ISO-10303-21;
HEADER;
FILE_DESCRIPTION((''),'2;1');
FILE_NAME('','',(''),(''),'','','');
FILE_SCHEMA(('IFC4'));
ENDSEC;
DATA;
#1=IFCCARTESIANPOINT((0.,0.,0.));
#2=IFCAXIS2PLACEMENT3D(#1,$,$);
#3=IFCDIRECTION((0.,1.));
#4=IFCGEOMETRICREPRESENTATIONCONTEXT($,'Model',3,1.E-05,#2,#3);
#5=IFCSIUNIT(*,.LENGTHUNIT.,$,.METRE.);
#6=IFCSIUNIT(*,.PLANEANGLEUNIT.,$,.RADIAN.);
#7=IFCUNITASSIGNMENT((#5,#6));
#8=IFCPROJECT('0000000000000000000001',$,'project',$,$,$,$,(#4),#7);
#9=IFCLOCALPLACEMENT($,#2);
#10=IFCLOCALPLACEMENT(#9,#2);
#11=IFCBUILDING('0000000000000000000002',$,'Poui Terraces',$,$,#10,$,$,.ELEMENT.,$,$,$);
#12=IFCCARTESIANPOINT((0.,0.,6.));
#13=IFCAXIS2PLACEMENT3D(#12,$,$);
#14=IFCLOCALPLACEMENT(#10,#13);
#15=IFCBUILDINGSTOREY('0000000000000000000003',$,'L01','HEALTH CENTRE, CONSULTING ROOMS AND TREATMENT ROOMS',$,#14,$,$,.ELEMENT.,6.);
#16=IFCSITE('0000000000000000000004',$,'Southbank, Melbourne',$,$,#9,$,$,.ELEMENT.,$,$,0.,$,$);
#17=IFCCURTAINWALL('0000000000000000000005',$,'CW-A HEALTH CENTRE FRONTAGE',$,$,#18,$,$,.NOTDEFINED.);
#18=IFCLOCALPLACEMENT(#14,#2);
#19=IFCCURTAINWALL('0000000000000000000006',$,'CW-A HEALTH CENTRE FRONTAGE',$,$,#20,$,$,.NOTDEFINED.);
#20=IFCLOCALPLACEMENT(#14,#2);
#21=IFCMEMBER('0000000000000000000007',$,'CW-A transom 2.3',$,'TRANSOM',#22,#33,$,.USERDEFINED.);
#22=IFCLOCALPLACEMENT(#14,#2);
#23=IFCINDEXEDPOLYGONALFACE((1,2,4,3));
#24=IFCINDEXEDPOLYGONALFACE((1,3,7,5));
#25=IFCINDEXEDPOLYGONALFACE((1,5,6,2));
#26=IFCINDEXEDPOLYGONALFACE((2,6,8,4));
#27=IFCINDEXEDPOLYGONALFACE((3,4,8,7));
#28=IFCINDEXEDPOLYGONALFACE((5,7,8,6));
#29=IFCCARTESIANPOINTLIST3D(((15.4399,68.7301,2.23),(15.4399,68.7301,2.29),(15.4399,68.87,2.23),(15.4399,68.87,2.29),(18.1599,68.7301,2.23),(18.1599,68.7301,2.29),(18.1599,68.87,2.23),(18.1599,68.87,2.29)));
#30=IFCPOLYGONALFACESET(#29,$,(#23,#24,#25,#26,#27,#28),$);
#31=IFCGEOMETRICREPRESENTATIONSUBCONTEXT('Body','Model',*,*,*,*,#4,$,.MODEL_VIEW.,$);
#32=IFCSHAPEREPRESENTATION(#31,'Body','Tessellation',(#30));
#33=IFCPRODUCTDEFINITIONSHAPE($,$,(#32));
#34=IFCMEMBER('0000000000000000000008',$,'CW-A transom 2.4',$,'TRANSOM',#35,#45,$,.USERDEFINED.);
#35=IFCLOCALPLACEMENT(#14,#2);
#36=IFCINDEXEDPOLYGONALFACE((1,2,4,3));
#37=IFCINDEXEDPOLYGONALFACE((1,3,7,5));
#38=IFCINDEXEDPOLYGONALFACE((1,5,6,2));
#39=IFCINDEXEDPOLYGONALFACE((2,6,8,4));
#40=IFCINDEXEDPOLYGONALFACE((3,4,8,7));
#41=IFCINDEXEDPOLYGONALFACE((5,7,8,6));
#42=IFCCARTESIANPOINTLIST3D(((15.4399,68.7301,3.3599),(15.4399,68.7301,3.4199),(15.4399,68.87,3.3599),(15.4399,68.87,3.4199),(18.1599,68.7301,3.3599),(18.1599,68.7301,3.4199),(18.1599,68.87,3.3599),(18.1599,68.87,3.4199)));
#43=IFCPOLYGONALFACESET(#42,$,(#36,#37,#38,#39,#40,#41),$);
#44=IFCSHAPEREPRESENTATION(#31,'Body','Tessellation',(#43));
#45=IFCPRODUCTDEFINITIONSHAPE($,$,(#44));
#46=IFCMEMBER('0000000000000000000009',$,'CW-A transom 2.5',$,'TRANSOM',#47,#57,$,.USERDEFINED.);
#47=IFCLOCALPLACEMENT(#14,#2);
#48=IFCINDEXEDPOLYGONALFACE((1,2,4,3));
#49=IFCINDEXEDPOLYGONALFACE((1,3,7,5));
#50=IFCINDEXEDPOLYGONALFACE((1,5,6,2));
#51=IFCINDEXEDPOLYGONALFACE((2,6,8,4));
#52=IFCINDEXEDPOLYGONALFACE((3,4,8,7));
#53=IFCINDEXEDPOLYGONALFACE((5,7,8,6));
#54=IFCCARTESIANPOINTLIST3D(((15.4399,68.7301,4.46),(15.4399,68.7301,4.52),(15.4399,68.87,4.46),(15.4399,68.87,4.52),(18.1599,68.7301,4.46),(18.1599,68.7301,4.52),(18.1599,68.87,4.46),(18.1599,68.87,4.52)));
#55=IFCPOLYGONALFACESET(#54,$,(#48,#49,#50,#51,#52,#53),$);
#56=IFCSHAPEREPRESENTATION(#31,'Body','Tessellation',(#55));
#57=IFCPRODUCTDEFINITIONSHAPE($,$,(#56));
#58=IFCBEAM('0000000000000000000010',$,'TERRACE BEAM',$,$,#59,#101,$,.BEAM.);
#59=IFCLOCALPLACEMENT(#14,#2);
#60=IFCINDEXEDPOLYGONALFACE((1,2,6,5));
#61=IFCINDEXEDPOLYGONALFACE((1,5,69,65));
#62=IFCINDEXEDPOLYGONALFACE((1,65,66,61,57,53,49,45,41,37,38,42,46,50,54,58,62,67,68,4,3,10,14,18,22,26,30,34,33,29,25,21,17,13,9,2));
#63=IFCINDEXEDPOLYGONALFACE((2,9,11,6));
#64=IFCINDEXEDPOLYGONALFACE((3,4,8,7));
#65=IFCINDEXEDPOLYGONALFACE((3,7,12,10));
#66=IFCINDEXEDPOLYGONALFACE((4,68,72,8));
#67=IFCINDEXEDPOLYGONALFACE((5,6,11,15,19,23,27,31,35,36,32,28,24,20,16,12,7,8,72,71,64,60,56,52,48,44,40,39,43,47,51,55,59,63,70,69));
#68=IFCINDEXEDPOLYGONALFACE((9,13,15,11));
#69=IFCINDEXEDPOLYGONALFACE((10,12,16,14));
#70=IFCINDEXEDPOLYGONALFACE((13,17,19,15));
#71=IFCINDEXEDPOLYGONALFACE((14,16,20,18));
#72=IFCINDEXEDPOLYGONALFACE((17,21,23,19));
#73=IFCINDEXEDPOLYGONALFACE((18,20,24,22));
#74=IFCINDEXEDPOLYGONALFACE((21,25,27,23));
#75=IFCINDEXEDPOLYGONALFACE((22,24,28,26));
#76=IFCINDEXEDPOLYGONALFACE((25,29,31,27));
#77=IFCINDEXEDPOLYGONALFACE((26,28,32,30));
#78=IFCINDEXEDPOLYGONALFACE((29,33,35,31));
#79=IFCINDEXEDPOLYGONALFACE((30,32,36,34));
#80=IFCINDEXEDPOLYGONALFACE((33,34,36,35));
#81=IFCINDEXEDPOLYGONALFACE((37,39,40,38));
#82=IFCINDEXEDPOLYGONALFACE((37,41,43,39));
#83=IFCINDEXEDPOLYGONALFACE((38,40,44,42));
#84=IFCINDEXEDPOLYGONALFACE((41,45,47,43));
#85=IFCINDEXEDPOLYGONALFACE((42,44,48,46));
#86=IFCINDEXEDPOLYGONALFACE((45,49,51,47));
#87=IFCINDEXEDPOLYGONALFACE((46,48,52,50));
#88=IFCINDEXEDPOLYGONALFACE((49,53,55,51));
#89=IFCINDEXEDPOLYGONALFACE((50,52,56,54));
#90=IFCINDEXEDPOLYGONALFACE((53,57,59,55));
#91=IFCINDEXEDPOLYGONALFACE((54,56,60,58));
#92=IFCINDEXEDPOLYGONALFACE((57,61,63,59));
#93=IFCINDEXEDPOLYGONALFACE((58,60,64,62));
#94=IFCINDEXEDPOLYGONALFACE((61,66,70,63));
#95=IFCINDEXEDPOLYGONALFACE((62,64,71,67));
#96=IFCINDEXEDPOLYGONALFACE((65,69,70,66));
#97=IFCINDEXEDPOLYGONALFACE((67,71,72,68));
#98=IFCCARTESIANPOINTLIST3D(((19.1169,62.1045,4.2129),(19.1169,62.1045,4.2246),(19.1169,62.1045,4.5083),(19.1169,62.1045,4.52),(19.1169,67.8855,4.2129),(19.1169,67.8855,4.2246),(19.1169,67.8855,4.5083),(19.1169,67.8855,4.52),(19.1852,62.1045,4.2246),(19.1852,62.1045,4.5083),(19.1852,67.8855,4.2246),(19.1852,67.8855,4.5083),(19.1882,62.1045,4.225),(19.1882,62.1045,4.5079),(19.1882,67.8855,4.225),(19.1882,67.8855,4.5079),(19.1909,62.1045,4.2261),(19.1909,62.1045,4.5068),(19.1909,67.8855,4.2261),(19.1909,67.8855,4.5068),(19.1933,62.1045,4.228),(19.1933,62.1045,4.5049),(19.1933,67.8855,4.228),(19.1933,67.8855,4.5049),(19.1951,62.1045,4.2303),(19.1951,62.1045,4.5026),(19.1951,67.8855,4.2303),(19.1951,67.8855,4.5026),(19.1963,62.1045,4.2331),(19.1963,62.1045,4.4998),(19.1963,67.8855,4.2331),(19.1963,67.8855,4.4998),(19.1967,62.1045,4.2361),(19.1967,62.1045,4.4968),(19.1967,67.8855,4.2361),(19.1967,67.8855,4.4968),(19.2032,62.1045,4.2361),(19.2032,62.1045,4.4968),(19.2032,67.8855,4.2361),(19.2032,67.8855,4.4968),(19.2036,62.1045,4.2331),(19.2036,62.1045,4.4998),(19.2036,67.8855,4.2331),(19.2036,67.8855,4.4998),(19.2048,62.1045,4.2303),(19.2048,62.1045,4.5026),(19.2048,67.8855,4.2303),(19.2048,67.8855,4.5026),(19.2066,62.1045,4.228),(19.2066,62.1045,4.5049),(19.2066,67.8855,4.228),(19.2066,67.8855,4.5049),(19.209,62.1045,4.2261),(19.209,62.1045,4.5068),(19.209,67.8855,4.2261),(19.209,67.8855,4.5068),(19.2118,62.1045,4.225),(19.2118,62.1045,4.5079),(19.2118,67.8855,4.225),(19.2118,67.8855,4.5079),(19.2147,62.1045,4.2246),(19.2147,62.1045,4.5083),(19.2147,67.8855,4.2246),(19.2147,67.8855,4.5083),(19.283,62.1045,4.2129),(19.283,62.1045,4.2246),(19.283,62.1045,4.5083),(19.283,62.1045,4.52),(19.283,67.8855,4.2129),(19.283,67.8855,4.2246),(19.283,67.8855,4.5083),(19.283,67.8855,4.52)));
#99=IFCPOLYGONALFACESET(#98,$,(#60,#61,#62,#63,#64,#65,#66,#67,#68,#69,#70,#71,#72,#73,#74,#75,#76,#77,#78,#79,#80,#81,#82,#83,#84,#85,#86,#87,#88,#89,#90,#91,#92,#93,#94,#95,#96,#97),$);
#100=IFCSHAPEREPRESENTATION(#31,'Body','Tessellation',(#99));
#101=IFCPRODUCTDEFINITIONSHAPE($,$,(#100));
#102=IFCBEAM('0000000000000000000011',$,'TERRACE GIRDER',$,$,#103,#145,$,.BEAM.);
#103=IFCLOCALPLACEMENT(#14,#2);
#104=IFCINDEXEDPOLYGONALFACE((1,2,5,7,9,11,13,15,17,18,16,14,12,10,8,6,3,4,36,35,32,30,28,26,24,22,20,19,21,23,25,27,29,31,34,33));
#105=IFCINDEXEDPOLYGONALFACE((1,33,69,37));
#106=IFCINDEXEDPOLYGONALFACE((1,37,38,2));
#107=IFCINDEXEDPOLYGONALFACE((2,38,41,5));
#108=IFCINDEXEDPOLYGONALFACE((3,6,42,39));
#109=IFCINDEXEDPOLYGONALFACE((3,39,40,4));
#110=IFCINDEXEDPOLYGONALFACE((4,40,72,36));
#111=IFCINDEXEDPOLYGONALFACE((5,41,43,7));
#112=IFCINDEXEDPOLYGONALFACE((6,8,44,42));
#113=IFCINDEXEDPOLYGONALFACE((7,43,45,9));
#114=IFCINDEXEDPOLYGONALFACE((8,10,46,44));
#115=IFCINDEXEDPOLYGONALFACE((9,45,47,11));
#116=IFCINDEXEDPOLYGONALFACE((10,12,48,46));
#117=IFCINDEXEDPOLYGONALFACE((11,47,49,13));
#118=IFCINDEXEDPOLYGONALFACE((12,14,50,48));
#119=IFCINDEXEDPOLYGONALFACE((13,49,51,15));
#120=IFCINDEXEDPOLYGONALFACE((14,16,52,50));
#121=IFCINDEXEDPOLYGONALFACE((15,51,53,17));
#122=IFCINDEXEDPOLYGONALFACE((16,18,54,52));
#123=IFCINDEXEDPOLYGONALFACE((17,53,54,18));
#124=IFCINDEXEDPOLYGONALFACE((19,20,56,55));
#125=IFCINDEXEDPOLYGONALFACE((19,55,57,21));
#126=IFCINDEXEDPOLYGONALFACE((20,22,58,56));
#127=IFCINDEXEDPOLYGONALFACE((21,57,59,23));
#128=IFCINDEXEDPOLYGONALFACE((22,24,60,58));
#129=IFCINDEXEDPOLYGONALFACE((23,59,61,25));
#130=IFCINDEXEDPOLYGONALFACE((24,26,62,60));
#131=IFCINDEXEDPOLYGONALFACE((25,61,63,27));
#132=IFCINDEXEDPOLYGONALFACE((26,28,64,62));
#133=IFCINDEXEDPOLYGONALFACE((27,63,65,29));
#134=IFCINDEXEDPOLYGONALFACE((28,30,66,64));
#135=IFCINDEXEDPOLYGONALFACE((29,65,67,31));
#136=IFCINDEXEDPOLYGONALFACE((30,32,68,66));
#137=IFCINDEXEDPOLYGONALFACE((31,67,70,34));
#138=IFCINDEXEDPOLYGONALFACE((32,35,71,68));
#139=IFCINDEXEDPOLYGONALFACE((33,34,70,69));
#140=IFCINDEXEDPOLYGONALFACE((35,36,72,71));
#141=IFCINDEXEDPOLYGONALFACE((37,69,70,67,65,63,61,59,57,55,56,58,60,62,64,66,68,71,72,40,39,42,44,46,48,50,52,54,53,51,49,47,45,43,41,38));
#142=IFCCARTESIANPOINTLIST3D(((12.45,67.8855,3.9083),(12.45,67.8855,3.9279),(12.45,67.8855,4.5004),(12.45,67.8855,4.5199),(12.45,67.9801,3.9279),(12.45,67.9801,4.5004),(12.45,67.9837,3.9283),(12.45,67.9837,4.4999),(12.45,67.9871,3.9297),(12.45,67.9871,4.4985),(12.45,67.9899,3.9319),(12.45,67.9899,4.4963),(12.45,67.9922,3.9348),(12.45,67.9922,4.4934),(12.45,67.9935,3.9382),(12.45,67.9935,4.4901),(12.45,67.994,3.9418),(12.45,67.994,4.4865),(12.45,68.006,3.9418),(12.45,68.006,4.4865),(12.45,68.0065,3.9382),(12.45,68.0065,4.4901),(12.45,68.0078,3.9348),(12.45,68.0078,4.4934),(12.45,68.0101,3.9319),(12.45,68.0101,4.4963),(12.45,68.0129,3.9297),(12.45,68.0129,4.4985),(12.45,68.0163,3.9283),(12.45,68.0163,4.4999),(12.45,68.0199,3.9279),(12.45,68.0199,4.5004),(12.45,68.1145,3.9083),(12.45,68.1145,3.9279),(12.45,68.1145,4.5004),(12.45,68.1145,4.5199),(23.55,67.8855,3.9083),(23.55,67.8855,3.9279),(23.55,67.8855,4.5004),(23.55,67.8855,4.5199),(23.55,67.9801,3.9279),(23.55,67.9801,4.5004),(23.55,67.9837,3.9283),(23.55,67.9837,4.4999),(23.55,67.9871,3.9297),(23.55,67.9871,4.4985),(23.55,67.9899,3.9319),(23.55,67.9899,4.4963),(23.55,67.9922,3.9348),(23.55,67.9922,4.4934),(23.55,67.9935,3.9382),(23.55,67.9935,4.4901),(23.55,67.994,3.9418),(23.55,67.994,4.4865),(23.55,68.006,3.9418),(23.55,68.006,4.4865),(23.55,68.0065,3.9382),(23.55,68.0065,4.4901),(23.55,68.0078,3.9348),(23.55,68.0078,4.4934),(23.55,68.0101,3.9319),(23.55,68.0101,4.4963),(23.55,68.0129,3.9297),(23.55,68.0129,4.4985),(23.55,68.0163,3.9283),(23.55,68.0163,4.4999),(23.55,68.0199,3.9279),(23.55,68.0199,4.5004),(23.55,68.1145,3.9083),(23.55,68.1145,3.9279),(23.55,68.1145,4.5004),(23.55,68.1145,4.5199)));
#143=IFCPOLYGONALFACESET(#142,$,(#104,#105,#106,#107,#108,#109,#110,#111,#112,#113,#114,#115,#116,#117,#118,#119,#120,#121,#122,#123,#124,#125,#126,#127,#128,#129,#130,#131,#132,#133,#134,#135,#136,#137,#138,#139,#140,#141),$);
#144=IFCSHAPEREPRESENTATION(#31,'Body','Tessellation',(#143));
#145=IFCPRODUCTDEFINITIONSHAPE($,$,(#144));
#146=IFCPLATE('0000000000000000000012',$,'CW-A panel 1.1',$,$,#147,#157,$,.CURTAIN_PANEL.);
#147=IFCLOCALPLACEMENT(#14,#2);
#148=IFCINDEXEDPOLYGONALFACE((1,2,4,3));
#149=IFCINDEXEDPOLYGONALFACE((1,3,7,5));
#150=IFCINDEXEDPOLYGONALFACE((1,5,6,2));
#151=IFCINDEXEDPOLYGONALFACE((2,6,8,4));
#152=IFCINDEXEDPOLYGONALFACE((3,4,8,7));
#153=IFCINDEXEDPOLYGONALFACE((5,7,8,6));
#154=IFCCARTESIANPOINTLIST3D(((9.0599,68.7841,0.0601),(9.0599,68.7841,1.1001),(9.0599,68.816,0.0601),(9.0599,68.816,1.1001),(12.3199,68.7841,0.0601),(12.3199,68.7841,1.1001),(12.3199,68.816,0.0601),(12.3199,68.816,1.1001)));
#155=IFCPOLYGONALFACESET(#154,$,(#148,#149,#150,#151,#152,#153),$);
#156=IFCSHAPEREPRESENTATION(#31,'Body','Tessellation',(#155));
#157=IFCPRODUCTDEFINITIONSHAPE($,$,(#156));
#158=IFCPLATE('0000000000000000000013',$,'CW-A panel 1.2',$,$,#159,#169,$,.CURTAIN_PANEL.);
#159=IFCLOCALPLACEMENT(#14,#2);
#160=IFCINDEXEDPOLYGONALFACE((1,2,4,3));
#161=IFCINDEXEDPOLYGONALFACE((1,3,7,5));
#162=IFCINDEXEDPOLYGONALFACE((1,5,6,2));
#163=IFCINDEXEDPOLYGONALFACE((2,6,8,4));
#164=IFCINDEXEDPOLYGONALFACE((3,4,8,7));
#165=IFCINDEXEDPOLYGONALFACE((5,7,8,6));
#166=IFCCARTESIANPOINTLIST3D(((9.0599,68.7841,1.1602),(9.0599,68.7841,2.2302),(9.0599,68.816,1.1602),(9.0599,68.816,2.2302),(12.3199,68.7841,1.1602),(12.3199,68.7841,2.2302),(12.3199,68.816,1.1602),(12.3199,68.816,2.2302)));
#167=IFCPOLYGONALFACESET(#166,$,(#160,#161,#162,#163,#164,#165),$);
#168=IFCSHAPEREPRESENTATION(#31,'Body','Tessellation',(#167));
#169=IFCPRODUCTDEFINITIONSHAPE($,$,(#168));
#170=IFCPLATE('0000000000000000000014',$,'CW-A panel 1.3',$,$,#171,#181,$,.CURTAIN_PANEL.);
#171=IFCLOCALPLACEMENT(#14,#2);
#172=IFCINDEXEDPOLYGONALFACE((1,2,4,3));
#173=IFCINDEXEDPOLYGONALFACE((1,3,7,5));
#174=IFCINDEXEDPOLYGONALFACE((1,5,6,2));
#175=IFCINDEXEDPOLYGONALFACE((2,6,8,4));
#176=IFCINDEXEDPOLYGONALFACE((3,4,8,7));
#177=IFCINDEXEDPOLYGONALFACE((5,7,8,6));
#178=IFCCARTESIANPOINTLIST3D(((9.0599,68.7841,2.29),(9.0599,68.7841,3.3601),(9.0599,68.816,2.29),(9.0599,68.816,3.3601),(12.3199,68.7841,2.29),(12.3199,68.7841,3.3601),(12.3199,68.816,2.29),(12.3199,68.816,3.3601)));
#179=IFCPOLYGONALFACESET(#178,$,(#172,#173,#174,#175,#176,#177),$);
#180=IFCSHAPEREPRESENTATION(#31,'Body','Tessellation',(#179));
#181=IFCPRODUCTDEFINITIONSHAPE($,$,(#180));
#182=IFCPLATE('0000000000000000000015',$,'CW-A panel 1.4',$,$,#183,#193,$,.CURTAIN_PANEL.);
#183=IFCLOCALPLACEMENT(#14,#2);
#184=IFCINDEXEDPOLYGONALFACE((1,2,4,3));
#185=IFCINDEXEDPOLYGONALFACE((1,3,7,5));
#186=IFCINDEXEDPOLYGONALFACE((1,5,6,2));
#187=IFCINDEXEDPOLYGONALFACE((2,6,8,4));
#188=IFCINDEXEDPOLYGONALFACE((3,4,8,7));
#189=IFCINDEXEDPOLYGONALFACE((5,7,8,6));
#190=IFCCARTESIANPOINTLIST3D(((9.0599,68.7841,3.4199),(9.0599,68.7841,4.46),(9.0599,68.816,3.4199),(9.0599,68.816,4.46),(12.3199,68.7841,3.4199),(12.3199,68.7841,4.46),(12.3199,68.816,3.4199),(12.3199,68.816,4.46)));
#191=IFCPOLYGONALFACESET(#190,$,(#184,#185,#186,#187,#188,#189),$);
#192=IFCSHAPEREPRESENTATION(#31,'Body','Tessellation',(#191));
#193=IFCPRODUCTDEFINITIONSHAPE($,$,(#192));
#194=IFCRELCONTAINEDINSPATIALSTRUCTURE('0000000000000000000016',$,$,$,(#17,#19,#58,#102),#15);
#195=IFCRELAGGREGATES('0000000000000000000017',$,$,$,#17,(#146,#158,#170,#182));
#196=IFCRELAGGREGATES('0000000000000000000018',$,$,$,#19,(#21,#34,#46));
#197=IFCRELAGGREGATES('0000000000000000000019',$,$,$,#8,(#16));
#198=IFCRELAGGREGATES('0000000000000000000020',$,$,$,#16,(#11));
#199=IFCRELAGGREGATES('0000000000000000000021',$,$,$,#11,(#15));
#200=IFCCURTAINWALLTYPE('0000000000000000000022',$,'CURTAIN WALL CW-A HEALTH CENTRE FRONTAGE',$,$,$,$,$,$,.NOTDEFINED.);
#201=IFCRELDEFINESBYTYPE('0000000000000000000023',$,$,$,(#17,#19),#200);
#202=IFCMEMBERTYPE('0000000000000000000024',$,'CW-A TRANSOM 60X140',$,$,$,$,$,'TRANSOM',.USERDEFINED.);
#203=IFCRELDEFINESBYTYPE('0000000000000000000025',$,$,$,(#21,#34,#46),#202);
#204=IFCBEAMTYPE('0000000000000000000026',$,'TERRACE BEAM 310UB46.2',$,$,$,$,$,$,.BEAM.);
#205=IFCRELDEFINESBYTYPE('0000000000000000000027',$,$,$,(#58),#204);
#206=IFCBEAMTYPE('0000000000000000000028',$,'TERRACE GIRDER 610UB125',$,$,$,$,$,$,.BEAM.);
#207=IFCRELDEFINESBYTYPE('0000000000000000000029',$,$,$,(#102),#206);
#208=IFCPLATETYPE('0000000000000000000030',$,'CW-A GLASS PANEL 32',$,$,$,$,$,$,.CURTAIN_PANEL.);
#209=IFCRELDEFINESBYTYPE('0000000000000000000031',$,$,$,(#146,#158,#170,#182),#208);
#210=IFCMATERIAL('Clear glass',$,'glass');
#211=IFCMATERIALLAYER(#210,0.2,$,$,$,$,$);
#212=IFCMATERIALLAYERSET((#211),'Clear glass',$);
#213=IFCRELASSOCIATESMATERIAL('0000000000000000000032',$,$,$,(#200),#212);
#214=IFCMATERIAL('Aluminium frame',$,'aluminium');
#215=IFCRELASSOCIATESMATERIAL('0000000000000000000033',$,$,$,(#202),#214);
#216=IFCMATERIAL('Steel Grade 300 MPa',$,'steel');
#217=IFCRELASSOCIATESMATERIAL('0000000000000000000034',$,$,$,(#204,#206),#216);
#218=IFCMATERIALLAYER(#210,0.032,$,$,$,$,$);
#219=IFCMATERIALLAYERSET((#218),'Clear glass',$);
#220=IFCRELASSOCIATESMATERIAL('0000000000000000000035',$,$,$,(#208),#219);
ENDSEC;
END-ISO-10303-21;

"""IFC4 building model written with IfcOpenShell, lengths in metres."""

from ifc_helpers import new_model, si_unit, direction, frame, origin, origin_2d, place, context, subcontext, project, spatial, rectangle, i_section, extrude, source, transform, mapped, material, layer, layer_set, material_profile, profile_set, type_object, element, aggregate, save


model = new_model("IFC4")

# Units and contexts
model_context = context("Model", 3, precision=1e-05, world=origin(), true_north=direction((0.0, 1.0)))
body_context = subcontext(model_context, "Body", "Model", "MODEL_VIEW")
ifc_project = project(units=[si_unit("LENGTHUNIT", "METRE"), si_unit("PLANEANGLEUNIT", "RADIAN")], contexts=[model_context])

# Site, building, storey
site_placement = place(None, origin())
site = spatial("IfcSite", under=ifc_project, at=site_placement, Name="Southbank, Melbourne", CompositionType="ELEMENT", RefElevation=0.0)
building_placement = place(site_placement, origin())
building = spatial("IfcBuilding", under=site, at=building_placement, Name="Poui Terraces", CompositionType="ELEMENT")
storey_placement = place(building_placement, frame((0.0, 0.0, 6.0)))
storey = spatial("IfcBuildingStorey", under=building, at=storey_placement, Name="L01", Description="HEALTH CENTRE, CONSULTING ROOMS AND TREATMENT ROOMS", CompositionType="ELEMENT", Elevation=6.0)

# Curtain wall
ifc_material_1 = material(Name="Clear glass", Category="glass")
ifc_layer_1 = layer(ifc_material_1, 0.2)
ifc_layer_set_1 = layer_set([ifc_layer_1], Name="Clear glass")
curtain_wall_type = type_object("IfcCurtainWallType", Name="CURTAIN WALL CW-A HEALTH CENTRE FRONTAGE", PredefinedType="NOTDEFINED", material=ifc_layer_set_1)
curtain_wall_1_placement = place(storey_placement, origin())
curtain_wall_1 = element("IfcCurtainWall", 1, at=curtain_wall_1_placement, inside=storey, type_object=curtain_wall_type, Name="CW-A HEALTH CENTRE FRONTAGE", PredefinedType="NOTDEFINED")
ifc_material_2 = material(Name="Aluminium frame", Category="aluminium")

# Curtain wall
curtain_wall_2_placement = place(storey_placement, origin())
curtain_wall_2 = element("IfcCurtainWall", 2, at=curtain_wall_2_placement, inside=storey, type_object=curtain_wall_type, Name="CW-A HEALTH CENTRE FRONTAGE", PredefinedType="NOTDEFINED")

# Members
ifc_material_profile_1 = material_profile(ifc_material_2, rectangle(XDim=0.1399, YDim=0.0601, at=origin_2d()), Name="CW-A TRANSOM 60X140")
ifc_profile_set_1 = profile_set([ifc_material_profile_1], Name="Aluminium frame")
member_type_1 = type_object("IfcMemberType", Name="CW-A TRANSOM 60X140", ElementType="TRANSOM", PredefinedType="USERDEFINED", material=ifc_profile_set_1)
member_1_placement = place(storey_placement, frame((18.1599, 68.8, 2.26), z_axis=(-1.0, 0.0, 0.0), x_axis=(0.0, -1.0, 0.0)))
member_1 = element("IfcMember", 3, at=member_1_placement, type_object=member_type_1, Name="CW-A transom 2.3", ObjectType="TRANSOM", PredefinedType="USERDEFINED", context=body_context, shape_type="SweptSolid", body=[
    extrude(rectangle(XDim=0.1399, YDim=0.0601, at=origin_2d()), origin(), (0.0, 0.0, 1.0), 2.72),
])
member_2_placement = place(storey_placement, frame((18.1599, 68.8, 3.3899), z_axis=(-1.0, 0.0, 0.0), x_axis=(0.0, -1.0, 0.0)))
member_2 = element("IfcMember", 4, at=member_2_placement, type_object=member_type_1, Name="CW-A transom 2.4", ObjectType="TRANSOM", PredefinedType="USERDEFINED", context=body_context, shape_type="SweptSolid", body=[
    extrude(rectangle(XDim=0.1399, YDim=0.0601, at=origin_2d()), origin(), (0.0, 0.0, 1.0), 2.72),
])
member_3_placement = place(storey_placement, frame((18.1599, 68.8, 4.49), z_axis=(-1.0, 0.0, 0.0), x_axis=(0.0, -1.0, 0.0)))
member_3 = element("IfcMember", 5, at=member_3_placement, type_object=member_type_1, Name="CW-A transom 2.5", ObjectType="TRANSOM", PredefinedType="USERDEFINED", context=body_context, shape_type="SweptSolid", body=[
    extrude(rectangle(XDim=0.1399, YDim=0.0601, at=origin_2d()), origin(), (0.0, 0.0, 1.0), 2.72),
])

# Beams
ifc_material_3 = material(Name="Steel Grade 300 MPa", Category="steel")
ifc_material_profile_2 = material_profile(ifc_material_3, i_section(OverallWidth=0.166, OverallDepth=0.3071, WebThickness=0.0066, FlangeThickness=0.0117, FilletRadius=0.0115, at=origin_2d()), Name="310UB46.2")
ifc_profile_set_2 = profile_set([ifc_material_profile_2], Name="Steel Grade 300 MPa")
beam_type_1 = type_object("IfcBeamType", Name="TERRACE BEAM 310UB46.2", PredefinedType="BEAM", material=ifc_profile_set_2)
shared_shape_1 = source(origin(), body_context, "Body", "SweptSolid", [
    extrude(i_section(OverallWidth=0.166, OverallDepth=0.3071, WebThickness=0.0066, FlangeThickness=0.0117, FilletRadius=0.0115, at=origin_2d()), origin(), (0.0, 0.0, 1.0), 5.781),
])
beam_1_placement = place(storey_placement, frame((19.2, 62.1045, 4.3665), z_axis=(0.0, 1.0, 0.0), x_axis=(-1.0, 0.0, 0.0)))
element("IfcBeam", 6, at=beam_1_placement, inside=storey, type_object=beam_type_1, Name="TERRACE BEAM", PredefinedType="BEAM", context=body_context, shape_type="MappedRepresentation", body=[
    mapped(shared_shape_1, transform((0.0, 0.0, 0.0))),
])
ifc_material_profile_3 = material_profile(ifc_material_3, i_section(OverallWidth=0.229, OverallDepth=0.6116, WebThickness=0.012, FlangeThickness=0.0195, FilletRadius=0.0139, at=origin_2d()), Name="610UB125")
ifc_profile_set_3 = profile_set([ifc_material_profile_3], Name="Steel Grade 300 MPa")
beam_type_2 = type_object("IfcBeamType", Name="TERRACE GIRDER 610UB125", PredefinedType="BEAM", material=ifc_profile_set_3)
shared_shape_2 = source(origin(), body_context, "Body", "SweptSolid", [
    extrude(i_section(OverallWidth=0.229, OverallDepth=0.6116, WebThickness=0.012, FlangeThickness=0.0195, FilletRadius=0.0139, at=origin_2d()), origin(), (0.0, 0.0, 1.0), 11.1001),
])
beam_2_placement = place(storey_placement, frame((12.45, 68.0, 4.2141), z_axis=(1.0, 0.0, 0.0), x_axis=(0.0, 1.0, 0.0)))
element("IfcBeam", 7, at=beam_2_placement, inside=storey, type_object=beam_type_2, Name="TERRACE GIRDER", PredefinedType="BEAM", context=body_context, shape_type="MappedRepresentation", body=[
    mapped(shared_shape_2, transform((0.0, 0.0, 0.0))),
])

# Plates
ifc_layer_2 = layer(ifc_material_1, 0.032)
ifc_layer_set_2 = layer_set([ifc_layer_2], Name="Clear glass")
plate_type = type_object("IfcPlateType", Name="CW-A GLASS PANEL 32", PredefinedType="CURTAIN_PANEL", material=ifc_layer_set_2)
plate_1_placement = place(storey_placement, frame((10.6899, 68.8, 0.0601), z_axis=(0.0, 0.0, 1.0), x_axis=(-1.0, 0.0, 0.0)))
plate_1 = element("IfcPlate", 8, at=plate_1_placement, type_object=plate_type, Name="CW-A panel 1.1", PredefinedType="CURTAIN_PANEL", context=body_context, shape_type="SweptSolid", body=[
    extrude(rectangle(XDim=3.26, YDim=0.032, at=origin_2d()), origin(), (0.0, 0.0, 1.0), 1.04),
])
plate_2_placement = place(storey_placement, frame((10.6899, 68.8, 1.1602), z_axis=(0.0, 0.0, 1.0), x_axis=(-1.0, 0.0, 0.0)))
plate_2 = element("IfcPlate", 9, at=plate_2_placement, type_object=plate_type, Name="CW-A panel 1.2", PredefinedType="CURTAIN_PANEL", context=body_context, shape_type="SweptSolid", body=[
    extrude(rectangle(XDim=3.26, YDim=0.032, at=origin_2d()), origin(), (0.0, 0.0, 1.0), 1.0701),
])
plate_3_placement = place(storey_placement, frame((10.6899, 68.8, 2.29), z_axis=(0.0, 0.0, 1.0), x_axis=(-1.0, 0.0, 0.0)))
plate_3 = element("IfcPlate", 10, at=plate_3_placement, type_object=plate_type, Name="CW-A panel 1.3", PredefinedType="CURTAIN_PANEL", context=body_context, shape_type="SweptSolid", body=[
    extrude(rectangle(XDim=3.26, YDim=0.032, at=origin_2d()), origin(), (0.0, 0.0, 1.0), 1.0701),
])
plate_4_placement = place(storey_placement, frame((10.6899, 68.8, 3.4199), z_axis=(0.0, 0.0, 1.0), x_axis=(-1.0, 0.0, 0.0)))
plate_4 = element("IfcPlate", 11, at=plate_4_placement, type_object=plate_type, Name="CW-A panel 1.4", PredefinedType="CURTAIN_PANEL", context=body_context, shape_type="SweptSolid", body=[
    extrude(rectangle(XDim=3.26, YDim=0.032, at=origin_2d()), origin(), (0.0, 0.0, 1.0), 1.04),
])
aggregate(curtain_wall_1, [plate_1, plate_2, plate_3, plate_4])
aggregate(curtain_wall_2, [member_1, member_2, member_3])

save(model, "model.ifc")
